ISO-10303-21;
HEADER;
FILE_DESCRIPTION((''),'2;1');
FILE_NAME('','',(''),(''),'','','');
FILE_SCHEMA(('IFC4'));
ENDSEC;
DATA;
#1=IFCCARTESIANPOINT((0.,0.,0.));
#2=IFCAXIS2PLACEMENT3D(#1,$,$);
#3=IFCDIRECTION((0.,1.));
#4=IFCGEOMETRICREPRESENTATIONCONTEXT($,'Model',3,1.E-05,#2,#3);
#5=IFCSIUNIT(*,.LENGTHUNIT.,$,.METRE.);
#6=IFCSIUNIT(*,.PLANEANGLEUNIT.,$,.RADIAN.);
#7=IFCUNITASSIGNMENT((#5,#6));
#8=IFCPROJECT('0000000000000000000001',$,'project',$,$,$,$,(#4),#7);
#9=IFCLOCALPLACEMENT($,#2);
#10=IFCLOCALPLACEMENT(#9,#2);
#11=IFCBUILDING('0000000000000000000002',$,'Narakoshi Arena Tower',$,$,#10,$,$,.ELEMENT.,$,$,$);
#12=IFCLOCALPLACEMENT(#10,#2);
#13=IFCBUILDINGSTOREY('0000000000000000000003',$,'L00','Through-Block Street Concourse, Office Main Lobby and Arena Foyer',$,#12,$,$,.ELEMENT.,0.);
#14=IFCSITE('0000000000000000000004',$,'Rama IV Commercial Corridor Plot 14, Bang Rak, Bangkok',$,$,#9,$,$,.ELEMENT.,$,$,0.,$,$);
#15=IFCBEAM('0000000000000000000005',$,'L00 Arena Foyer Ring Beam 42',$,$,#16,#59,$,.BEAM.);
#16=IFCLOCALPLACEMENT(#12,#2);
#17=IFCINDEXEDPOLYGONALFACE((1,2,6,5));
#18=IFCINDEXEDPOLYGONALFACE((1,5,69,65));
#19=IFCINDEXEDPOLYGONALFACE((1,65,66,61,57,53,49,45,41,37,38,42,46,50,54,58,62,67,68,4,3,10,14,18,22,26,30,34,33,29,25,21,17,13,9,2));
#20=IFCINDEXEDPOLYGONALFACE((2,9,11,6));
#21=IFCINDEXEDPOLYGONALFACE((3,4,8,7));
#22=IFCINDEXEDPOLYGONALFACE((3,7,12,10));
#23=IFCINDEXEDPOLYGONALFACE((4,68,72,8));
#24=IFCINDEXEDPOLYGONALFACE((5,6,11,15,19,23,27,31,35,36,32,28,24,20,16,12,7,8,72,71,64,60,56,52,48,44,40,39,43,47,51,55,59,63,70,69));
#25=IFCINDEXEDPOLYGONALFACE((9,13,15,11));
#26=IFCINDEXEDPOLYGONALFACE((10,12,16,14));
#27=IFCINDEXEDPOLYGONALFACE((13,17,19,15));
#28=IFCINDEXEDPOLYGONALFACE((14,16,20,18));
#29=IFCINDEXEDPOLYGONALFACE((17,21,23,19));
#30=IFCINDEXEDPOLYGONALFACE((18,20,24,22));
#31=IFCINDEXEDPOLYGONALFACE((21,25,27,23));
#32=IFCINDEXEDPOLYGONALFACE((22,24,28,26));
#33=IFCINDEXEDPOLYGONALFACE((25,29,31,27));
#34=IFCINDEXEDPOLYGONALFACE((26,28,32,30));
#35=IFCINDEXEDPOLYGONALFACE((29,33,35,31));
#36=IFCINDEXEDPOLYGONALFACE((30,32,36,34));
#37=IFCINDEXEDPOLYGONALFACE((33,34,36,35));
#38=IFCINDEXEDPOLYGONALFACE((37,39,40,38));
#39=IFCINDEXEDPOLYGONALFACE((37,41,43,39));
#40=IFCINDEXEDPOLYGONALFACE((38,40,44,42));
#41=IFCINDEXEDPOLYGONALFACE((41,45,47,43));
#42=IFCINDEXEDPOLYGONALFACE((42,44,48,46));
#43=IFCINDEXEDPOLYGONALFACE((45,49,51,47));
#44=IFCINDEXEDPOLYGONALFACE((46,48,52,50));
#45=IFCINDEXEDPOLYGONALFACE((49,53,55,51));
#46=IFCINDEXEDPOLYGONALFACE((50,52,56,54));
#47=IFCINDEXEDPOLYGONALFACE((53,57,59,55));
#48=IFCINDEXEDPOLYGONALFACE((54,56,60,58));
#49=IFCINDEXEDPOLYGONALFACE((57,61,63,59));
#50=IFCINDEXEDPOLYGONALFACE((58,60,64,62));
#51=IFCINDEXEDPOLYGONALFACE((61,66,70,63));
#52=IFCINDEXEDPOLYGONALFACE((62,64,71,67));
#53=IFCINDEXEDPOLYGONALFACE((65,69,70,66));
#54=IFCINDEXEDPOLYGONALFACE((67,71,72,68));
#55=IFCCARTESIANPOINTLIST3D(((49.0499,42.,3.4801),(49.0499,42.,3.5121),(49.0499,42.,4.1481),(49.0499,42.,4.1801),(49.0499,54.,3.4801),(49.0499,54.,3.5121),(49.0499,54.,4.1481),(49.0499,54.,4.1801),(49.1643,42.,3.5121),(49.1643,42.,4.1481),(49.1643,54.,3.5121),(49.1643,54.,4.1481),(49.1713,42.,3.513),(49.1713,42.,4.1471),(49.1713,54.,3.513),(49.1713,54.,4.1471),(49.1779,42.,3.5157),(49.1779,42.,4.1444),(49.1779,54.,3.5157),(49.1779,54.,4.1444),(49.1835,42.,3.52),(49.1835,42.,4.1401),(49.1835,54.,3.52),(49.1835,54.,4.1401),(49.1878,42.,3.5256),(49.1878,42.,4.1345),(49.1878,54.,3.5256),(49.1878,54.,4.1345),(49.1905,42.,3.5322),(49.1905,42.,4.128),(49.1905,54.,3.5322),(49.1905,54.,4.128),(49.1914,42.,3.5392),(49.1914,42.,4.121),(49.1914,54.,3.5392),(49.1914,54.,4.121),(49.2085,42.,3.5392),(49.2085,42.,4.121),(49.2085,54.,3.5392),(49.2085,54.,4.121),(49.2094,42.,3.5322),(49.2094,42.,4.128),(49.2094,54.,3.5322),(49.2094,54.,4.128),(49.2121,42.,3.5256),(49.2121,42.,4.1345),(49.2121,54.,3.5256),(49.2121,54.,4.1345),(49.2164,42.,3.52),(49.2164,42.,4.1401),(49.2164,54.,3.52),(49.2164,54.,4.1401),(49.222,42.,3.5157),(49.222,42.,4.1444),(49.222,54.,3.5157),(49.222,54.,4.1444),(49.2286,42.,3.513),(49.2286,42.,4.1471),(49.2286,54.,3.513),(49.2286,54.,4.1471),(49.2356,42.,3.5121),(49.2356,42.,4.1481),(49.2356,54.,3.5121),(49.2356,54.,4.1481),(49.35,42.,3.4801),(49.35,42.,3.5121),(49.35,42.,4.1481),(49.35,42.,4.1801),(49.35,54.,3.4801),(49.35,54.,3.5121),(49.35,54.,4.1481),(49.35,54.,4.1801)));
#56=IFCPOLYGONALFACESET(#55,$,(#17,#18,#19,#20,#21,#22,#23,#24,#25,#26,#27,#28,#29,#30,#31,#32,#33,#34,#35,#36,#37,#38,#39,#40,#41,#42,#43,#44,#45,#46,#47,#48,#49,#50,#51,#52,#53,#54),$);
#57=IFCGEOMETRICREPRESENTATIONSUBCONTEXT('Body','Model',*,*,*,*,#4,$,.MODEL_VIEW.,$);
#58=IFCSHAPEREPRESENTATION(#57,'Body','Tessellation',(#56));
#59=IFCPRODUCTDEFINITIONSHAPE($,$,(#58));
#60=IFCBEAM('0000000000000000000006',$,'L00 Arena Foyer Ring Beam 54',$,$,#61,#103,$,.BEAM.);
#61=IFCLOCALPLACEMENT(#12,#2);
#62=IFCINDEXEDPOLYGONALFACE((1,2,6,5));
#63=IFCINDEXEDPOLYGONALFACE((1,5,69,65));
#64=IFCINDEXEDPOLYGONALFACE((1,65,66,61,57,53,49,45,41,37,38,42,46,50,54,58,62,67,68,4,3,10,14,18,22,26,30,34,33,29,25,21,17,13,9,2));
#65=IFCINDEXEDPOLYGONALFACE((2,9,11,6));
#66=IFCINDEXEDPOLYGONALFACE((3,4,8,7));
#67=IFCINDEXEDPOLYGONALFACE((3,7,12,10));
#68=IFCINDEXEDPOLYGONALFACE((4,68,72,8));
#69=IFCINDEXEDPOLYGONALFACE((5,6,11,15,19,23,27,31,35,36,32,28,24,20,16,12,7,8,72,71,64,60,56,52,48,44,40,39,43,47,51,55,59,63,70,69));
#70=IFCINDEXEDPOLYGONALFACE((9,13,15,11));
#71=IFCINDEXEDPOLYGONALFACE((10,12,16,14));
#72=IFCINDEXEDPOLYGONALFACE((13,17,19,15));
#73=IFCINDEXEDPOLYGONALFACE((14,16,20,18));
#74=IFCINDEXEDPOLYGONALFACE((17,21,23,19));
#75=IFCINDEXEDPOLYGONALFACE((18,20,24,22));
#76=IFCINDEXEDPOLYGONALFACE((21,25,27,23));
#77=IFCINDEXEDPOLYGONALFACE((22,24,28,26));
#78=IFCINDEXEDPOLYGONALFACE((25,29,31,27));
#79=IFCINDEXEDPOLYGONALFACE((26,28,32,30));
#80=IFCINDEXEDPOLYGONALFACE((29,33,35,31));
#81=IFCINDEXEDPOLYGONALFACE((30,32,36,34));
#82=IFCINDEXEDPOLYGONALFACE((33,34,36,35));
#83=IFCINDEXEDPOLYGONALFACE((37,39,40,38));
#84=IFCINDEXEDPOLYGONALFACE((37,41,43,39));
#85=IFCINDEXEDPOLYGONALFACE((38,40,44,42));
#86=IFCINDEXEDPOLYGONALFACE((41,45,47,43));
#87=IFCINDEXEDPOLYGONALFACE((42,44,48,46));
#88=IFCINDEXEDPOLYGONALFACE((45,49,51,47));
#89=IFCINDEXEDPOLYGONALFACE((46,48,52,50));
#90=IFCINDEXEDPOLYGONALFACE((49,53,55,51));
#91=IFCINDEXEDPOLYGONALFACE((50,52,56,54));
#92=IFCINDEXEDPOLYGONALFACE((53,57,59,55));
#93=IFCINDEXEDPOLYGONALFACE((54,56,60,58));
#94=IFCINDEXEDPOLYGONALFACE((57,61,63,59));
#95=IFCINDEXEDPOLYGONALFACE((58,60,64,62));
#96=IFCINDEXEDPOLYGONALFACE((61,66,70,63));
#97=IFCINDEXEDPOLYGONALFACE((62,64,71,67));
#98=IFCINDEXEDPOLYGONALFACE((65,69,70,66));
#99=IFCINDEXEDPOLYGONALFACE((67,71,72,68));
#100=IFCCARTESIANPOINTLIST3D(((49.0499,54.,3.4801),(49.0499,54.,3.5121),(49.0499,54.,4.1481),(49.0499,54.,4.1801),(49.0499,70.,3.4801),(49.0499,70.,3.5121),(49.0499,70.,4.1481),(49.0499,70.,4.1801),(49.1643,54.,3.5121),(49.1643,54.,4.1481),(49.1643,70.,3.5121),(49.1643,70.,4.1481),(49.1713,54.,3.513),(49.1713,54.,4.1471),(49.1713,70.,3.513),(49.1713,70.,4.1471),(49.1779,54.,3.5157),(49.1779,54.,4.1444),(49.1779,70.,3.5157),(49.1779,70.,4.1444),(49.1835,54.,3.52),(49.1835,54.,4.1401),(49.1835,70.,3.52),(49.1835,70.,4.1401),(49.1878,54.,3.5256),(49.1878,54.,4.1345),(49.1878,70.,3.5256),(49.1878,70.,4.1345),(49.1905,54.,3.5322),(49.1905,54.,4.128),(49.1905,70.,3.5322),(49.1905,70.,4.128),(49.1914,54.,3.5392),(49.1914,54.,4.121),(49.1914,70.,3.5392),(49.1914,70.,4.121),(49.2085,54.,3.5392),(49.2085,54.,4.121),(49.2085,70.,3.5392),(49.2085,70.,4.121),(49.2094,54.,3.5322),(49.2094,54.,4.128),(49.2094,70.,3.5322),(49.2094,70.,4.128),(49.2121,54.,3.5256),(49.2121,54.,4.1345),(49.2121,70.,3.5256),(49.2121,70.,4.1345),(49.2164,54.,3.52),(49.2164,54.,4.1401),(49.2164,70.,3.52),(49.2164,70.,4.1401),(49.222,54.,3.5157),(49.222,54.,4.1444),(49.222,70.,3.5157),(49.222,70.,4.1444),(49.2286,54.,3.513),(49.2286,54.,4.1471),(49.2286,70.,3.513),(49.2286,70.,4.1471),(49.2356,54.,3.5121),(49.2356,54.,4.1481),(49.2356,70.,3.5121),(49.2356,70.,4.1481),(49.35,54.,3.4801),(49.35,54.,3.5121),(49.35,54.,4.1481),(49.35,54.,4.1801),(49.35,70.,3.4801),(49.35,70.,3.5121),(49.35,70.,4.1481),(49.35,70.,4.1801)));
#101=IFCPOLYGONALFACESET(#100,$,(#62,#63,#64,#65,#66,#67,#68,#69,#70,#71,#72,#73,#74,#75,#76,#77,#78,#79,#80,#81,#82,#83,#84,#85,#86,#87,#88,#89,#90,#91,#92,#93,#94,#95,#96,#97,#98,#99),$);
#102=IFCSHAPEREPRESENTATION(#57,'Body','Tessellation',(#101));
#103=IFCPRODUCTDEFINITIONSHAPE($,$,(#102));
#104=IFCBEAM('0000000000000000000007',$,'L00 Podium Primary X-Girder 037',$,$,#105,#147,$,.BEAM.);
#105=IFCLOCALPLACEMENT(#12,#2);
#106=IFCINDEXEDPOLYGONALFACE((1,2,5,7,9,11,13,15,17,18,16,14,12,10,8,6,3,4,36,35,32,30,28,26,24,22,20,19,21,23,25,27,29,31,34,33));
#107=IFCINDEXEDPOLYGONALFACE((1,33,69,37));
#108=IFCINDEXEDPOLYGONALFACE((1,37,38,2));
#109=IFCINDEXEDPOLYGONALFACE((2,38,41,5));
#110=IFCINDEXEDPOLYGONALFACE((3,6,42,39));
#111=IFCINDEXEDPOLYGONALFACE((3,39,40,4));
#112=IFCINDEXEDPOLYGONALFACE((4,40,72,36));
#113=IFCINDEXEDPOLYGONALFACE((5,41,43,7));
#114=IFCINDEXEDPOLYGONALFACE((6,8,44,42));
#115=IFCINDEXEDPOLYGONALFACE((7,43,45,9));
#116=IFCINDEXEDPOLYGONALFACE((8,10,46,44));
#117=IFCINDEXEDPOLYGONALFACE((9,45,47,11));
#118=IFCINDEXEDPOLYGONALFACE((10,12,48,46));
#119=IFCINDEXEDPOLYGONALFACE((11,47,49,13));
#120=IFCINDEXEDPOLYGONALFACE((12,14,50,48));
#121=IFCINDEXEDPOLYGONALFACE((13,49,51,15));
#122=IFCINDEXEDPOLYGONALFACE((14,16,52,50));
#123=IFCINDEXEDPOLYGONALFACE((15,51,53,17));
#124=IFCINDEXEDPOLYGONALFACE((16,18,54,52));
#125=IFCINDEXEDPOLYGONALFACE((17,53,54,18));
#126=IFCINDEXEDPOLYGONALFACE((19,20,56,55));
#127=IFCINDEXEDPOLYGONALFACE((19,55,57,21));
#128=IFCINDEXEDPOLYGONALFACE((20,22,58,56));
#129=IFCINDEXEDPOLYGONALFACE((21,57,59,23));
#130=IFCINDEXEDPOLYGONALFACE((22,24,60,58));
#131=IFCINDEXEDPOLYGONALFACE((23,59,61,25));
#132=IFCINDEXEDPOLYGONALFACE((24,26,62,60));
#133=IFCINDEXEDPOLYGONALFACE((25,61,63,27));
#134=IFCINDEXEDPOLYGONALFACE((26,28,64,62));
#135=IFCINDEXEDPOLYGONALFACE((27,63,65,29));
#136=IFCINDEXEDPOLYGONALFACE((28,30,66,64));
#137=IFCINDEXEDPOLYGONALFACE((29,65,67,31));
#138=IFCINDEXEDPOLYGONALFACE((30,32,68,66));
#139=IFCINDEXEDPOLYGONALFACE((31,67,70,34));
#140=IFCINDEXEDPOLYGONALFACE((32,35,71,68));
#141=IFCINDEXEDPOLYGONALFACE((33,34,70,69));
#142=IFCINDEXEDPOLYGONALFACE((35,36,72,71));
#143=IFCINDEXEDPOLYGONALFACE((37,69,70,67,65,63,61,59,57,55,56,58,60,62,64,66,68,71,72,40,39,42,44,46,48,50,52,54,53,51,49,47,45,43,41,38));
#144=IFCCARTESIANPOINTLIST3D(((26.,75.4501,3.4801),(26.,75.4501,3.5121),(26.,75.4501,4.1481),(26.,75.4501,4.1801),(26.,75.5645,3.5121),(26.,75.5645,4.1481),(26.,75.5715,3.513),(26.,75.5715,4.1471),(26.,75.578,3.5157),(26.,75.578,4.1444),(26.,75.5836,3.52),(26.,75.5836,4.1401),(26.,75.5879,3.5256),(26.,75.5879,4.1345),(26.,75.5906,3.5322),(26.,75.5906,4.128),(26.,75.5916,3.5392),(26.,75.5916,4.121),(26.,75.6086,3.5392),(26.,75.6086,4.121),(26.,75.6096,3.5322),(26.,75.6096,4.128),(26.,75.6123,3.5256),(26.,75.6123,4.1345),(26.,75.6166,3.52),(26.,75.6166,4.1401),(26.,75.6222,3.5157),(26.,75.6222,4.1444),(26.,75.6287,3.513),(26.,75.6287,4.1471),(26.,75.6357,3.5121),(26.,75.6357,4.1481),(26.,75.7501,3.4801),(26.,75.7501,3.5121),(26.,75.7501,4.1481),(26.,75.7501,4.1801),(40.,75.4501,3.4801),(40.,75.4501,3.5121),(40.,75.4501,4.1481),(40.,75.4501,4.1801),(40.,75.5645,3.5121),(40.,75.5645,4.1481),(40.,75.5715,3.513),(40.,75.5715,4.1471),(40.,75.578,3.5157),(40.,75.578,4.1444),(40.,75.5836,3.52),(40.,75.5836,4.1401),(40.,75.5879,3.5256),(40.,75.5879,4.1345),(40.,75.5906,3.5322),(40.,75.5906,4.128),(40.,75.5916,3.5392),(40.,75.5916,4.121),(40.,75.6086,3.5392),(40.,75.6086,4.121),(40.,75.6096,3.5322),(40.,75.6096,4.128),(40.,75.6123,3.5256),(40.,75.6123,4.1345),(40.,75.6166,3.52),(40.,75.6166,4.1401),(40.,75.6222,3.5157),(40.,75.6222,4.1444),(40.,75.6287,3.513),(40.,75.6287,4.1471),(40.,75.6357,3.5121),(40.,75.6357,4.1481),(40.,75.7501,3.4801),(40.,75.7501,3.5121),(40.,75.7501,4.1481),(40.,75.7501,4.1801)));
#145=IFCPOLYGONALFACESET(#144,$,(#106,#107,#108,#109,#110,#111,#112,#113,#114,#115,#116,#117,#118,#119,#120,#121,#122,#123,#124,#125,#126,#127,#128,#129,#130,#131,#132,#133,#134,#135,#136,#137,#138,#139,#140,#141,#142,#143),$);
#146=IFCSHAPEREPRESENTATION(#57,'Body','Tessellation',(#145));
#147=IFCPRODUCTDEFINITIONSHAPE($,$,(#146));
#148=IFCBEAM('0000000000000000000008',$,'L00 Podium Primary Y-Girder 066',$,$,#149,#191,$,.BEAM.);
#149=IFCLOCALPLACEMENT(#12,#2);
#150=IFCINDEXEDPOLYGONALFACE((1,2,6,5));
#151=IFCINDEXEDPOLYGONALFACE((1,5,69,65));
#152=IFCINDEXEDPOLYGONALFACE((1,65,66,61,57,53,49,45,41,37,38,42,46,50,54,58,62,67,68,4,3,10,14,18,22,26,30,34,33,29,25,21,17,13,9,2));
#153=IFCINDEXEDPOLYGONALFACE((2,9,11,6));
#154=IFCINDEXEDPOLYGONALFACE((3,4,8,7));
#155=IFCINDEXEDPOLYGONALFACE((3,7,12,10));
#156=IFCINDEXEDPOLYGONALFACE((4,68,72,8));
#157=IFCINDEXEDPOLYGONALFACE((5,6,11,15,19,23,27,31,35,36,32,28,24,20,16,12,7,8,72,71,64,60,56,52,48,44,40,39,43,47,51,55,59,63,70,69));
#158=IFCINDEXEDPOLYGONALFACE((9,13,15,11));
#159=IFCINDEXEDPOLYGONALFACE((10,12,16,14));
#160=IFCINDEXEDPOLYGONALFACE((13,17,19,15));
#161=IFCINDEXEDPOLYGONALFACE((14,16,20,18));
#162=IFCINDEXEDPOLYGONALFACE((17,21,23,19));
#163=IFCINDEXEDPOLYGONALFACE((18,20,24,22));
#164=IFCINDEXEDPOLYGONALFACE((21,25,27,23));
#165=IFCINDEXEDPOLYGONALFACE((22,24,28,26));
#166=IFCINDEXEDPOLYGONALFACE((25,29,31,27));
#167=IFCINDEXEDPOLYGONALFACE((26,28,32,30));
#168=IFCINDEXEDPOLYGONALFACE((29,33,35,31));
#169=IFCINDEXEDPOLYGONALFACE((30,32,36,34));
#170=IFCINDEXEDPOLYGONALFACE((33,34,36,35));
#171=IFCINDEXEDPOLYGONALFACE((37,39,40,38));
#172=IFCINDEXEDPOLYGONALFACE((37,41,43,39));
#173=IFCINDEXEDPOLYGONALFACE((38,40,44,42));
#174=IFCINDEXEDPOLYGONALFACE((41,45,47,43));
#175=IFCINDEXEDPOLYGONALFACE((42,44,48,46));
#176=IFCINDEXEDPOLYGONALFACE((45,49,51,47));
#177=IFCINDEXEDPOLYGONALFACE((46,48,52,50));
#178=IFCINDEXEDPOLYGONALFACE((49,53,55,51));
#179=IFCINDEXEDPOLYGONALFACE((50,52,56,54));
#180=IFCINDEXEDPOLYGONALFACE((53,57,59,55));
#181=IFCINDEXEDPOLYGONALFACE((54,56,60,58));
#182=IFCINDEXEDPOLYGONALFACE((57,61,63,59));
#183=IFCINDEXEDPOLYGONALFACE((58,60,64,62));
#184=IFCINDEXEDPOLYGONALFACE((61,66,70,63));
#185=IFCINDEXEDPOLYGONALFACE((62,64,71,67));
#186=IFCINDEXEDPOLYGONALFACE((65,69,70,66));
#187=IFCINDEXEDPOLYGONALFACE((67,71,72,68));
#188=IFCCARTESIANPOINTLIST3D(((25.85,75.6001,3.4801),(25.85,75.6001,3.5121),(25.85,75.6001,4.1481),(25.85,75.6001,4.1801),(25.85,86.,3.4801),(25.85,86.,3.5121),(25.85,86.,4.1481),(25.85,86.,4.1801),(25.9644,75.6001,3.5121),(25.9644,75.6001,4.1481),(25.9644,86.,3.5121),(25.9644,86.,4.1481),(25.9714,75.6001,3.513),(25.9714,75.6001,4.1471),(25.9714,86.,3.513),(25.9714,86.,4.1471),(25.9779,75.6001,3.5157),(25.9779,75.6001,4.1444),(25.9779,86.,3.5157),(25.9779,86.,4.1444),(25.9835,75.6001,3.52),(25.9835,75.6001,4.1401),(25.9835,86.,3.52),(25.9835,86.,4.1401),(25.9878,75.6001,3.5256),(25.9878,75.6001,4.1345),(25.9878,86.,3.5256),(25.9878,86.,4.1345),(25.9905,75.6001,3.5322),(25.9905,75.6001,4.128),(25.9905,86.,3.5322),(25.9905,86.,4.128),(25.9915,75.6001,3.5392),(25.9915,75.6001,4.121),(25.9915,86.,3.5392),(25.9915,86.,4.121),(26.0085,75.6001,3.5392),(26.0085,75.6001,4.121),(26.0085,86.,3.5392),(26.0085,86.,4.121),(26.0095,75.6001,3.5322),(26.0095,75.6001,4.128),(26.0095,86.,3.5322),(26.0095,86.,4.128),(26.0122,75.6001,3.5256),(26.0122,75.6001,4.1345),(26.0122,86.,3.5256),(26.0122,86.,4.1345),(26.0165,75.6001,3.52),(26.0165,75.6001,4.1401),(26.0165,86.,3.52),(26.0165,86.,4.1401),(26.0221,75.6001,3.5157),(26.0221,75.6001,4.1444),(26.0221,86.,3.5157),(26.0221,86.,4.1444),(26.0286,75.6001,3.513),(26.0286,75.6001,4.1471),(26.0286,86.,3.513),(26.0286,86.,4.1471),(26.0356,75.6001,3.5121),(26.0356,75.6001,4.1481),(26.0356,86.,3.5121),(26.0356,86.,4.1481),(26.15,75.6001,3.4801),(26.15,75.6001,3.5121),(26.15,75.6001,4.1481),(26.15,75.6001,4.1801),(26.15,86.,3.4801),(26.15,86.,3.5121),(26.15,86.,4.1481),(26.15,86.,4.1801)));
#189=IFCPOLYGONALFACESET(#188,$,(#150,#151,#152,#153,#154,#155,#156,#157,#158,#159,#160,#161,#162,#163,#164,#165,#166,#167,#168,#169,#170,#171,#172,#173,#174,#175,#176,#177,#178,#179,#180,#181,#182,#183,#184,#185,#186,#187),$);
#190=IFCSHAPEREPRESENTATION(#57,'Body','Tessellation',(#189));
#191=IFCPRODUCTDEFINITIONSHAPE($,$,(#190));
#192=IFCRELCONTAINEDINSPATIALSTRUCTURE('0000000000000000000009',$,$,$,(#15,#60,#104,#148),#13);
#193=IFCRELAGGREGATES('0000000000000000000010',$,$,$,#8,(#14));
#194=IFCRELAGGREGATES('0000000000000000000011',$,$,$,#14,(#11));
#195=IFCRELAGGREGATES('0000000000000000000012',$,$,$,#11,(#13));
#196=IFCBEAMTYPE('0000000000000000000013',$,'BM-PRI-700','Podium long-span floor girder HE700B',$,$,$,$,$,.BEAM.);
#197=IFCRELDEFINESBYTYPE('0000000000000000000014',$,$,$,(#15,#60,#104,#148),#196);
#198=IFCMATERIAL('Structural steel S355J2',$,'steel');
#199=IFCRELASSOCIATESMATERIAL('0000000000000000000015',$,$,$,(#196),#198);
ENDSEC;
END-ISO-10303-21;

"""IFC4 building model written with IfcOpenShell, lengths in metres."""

from ifc_helpers import new_model, si_unit, direction, frame, origin, origin_2d, place, context, subcontext, project, spatial, i_section, extrude, material, material_profile, profile_set, type_object, element, save


model = new_model("IFC4")

# Units and contexts
model_context = context("Model", 3, precision=1e-05, world=origin(), true_north=direction((0.0, 1.0)))
body_context = subcontext(model_context, "Body", "Model", "MODEL_VIEW")
ifc_project = project(units=[si_unit("LENGTHUNIT", "METRE"), si_unit("PLANEANGLEUNIT", "RADIAN")], contexts=[model_context])

# Site, building, storey
site_placement = place(None, origin())
site = spatial("IfcSite", under=ifc_project, at=site_placement, Name="Rama IV Commercial Corridor Plot 14, Bang Rak, Bangkok", CompositionType="ELEMENT", RefElevation=0.0)
building_placement = place(site_placement, origin())
building = spatial("IfcBuilding", under=site, at=building_placement, Name="Narakoshi Arena Tower", CompositionType="ELEMENT")
storey_placement = place(building_placement, origin())
storey = spatial("IfcBuildingStorey", under=building, at=storey_placement, Name="L00", Description="Through-Block Street Concourse, Office Main Lobby and Arena Foyer", CompositionType="ELEMENT", Elevation=0.0)

# Beams
ifc_material_1 = material(Name="Structural steel S355J2", Category="steel")
ifc_material_profile_1 = material_profile(ifc_material_1, i_section(OverallWidth=0.3, OverallDepth=0.7, WebThickness=0.0171, FlangeThickness=0.032, FilletRadius=0.0271, at=origin_2d()), Name="HE700B")
ifc_profile_set_1 = profile_set([ifc_material_profile_1], Name="Structural steel S355J2")
beam_type_1 = type_object("IfcBeamType", Name="BM-PRI-700", Description="Podium long-span floor girder HE700B", PredefinedType="BEAM", material=ifc_profile_set_1)
beam_1_placement = place(storey_placement, frame((49.2, 42.0, 3.8301), z_axis=(0.0, 1.0, 0.0), x_axis=(-1.0, 0.0, 0.0)))
element("IfcBeam", 1, at=beam_1_placement, inside=storey, type_object=beam_type_1, Name="L00 Arena Foyer Ring Beam 42", PredefinedType="BEAM", context=body_context, shape_type="SweptSolid", body=[
    extrude(i_section(OverallWidth=0.3, OverallDepth=0.7, WebThickness=0.0171, FlangeThickness=0.032, FilletRadius=0.0271, at=origin_2d()), origin(), (0.0, 0.0, 1.0), 12.0),
])
beam_2_placement = place(storey_placement, frame((49.2, 54.0, 3.8301), z_axis=(0.0, 1.0, 0.0), x_axis=(-1.0, 0.0, 0.0)))
element("IfcBeam", 2, at=beam_2_placement, inside=storey, type_object=beam_type_1, Name="L00 Arena Foyer Ring Beam 54", PredefinedType="BEAM", context=body_context, shape_type="SweptSolid", body=[
    extrude(i_section(OverallWidth=0.3, OverallDepth=0.7, WebThickness=0.0171, FlangeThickness=0.032, FilletRadius=0.0271, at=origin_2d()), origin(), (0.0, 0.0, 1.0), 16.0),
])
beam_3_placement = place(storey_placement, frame((26.0, 75.6001, 3.8301), z_axis=(1.0, 0.0, 0.0), x_axis=(0.0, 1.0, 0.0)))
element("IfcBeam", 3, at=beam_3_placement, inside=storey, type_object=beam_type_1, Name="L00 Podium Primary X-Girder 037", PredefinedType="BEAM", context=body_context, shape_type="SweptSolid", body=[
    extrude(i_section(OverallWidth=0.3, OverallDepth=0.7, WebThickness=0.0171, FlangeThickness=0.032, FilletRadius=0.0271, at=origin_2d()), origin(), (0.0, 0.0, 1.0), 14.0),
])
beam_4_placement = place(storey_placement, frame((26.0, 75.6001, 3.8301), z_axis=(0.0, 1.0, 0.0), x_axis=(-1.0, 0.0, 0.0)))
element("IfcBeam", 4, at=beam_4_placement, inside=storey, type_object=beam_type_1, Name="L00 Podium Primary Y-Girder 066", PredefinedType="BEAM", context=body_context, shape_type="SweptSolid", body=[
    extrude(i_section(OverallWidth=0.3, OverallDepth=0.7, WebThickness=0.0171, FlangeThickness=0.032, FilletRadius=0.0271, at=origin_2d()), origin(), (0.0, 0.0, 1.0), 10.3999),
])

save(model, "model.ifc")
